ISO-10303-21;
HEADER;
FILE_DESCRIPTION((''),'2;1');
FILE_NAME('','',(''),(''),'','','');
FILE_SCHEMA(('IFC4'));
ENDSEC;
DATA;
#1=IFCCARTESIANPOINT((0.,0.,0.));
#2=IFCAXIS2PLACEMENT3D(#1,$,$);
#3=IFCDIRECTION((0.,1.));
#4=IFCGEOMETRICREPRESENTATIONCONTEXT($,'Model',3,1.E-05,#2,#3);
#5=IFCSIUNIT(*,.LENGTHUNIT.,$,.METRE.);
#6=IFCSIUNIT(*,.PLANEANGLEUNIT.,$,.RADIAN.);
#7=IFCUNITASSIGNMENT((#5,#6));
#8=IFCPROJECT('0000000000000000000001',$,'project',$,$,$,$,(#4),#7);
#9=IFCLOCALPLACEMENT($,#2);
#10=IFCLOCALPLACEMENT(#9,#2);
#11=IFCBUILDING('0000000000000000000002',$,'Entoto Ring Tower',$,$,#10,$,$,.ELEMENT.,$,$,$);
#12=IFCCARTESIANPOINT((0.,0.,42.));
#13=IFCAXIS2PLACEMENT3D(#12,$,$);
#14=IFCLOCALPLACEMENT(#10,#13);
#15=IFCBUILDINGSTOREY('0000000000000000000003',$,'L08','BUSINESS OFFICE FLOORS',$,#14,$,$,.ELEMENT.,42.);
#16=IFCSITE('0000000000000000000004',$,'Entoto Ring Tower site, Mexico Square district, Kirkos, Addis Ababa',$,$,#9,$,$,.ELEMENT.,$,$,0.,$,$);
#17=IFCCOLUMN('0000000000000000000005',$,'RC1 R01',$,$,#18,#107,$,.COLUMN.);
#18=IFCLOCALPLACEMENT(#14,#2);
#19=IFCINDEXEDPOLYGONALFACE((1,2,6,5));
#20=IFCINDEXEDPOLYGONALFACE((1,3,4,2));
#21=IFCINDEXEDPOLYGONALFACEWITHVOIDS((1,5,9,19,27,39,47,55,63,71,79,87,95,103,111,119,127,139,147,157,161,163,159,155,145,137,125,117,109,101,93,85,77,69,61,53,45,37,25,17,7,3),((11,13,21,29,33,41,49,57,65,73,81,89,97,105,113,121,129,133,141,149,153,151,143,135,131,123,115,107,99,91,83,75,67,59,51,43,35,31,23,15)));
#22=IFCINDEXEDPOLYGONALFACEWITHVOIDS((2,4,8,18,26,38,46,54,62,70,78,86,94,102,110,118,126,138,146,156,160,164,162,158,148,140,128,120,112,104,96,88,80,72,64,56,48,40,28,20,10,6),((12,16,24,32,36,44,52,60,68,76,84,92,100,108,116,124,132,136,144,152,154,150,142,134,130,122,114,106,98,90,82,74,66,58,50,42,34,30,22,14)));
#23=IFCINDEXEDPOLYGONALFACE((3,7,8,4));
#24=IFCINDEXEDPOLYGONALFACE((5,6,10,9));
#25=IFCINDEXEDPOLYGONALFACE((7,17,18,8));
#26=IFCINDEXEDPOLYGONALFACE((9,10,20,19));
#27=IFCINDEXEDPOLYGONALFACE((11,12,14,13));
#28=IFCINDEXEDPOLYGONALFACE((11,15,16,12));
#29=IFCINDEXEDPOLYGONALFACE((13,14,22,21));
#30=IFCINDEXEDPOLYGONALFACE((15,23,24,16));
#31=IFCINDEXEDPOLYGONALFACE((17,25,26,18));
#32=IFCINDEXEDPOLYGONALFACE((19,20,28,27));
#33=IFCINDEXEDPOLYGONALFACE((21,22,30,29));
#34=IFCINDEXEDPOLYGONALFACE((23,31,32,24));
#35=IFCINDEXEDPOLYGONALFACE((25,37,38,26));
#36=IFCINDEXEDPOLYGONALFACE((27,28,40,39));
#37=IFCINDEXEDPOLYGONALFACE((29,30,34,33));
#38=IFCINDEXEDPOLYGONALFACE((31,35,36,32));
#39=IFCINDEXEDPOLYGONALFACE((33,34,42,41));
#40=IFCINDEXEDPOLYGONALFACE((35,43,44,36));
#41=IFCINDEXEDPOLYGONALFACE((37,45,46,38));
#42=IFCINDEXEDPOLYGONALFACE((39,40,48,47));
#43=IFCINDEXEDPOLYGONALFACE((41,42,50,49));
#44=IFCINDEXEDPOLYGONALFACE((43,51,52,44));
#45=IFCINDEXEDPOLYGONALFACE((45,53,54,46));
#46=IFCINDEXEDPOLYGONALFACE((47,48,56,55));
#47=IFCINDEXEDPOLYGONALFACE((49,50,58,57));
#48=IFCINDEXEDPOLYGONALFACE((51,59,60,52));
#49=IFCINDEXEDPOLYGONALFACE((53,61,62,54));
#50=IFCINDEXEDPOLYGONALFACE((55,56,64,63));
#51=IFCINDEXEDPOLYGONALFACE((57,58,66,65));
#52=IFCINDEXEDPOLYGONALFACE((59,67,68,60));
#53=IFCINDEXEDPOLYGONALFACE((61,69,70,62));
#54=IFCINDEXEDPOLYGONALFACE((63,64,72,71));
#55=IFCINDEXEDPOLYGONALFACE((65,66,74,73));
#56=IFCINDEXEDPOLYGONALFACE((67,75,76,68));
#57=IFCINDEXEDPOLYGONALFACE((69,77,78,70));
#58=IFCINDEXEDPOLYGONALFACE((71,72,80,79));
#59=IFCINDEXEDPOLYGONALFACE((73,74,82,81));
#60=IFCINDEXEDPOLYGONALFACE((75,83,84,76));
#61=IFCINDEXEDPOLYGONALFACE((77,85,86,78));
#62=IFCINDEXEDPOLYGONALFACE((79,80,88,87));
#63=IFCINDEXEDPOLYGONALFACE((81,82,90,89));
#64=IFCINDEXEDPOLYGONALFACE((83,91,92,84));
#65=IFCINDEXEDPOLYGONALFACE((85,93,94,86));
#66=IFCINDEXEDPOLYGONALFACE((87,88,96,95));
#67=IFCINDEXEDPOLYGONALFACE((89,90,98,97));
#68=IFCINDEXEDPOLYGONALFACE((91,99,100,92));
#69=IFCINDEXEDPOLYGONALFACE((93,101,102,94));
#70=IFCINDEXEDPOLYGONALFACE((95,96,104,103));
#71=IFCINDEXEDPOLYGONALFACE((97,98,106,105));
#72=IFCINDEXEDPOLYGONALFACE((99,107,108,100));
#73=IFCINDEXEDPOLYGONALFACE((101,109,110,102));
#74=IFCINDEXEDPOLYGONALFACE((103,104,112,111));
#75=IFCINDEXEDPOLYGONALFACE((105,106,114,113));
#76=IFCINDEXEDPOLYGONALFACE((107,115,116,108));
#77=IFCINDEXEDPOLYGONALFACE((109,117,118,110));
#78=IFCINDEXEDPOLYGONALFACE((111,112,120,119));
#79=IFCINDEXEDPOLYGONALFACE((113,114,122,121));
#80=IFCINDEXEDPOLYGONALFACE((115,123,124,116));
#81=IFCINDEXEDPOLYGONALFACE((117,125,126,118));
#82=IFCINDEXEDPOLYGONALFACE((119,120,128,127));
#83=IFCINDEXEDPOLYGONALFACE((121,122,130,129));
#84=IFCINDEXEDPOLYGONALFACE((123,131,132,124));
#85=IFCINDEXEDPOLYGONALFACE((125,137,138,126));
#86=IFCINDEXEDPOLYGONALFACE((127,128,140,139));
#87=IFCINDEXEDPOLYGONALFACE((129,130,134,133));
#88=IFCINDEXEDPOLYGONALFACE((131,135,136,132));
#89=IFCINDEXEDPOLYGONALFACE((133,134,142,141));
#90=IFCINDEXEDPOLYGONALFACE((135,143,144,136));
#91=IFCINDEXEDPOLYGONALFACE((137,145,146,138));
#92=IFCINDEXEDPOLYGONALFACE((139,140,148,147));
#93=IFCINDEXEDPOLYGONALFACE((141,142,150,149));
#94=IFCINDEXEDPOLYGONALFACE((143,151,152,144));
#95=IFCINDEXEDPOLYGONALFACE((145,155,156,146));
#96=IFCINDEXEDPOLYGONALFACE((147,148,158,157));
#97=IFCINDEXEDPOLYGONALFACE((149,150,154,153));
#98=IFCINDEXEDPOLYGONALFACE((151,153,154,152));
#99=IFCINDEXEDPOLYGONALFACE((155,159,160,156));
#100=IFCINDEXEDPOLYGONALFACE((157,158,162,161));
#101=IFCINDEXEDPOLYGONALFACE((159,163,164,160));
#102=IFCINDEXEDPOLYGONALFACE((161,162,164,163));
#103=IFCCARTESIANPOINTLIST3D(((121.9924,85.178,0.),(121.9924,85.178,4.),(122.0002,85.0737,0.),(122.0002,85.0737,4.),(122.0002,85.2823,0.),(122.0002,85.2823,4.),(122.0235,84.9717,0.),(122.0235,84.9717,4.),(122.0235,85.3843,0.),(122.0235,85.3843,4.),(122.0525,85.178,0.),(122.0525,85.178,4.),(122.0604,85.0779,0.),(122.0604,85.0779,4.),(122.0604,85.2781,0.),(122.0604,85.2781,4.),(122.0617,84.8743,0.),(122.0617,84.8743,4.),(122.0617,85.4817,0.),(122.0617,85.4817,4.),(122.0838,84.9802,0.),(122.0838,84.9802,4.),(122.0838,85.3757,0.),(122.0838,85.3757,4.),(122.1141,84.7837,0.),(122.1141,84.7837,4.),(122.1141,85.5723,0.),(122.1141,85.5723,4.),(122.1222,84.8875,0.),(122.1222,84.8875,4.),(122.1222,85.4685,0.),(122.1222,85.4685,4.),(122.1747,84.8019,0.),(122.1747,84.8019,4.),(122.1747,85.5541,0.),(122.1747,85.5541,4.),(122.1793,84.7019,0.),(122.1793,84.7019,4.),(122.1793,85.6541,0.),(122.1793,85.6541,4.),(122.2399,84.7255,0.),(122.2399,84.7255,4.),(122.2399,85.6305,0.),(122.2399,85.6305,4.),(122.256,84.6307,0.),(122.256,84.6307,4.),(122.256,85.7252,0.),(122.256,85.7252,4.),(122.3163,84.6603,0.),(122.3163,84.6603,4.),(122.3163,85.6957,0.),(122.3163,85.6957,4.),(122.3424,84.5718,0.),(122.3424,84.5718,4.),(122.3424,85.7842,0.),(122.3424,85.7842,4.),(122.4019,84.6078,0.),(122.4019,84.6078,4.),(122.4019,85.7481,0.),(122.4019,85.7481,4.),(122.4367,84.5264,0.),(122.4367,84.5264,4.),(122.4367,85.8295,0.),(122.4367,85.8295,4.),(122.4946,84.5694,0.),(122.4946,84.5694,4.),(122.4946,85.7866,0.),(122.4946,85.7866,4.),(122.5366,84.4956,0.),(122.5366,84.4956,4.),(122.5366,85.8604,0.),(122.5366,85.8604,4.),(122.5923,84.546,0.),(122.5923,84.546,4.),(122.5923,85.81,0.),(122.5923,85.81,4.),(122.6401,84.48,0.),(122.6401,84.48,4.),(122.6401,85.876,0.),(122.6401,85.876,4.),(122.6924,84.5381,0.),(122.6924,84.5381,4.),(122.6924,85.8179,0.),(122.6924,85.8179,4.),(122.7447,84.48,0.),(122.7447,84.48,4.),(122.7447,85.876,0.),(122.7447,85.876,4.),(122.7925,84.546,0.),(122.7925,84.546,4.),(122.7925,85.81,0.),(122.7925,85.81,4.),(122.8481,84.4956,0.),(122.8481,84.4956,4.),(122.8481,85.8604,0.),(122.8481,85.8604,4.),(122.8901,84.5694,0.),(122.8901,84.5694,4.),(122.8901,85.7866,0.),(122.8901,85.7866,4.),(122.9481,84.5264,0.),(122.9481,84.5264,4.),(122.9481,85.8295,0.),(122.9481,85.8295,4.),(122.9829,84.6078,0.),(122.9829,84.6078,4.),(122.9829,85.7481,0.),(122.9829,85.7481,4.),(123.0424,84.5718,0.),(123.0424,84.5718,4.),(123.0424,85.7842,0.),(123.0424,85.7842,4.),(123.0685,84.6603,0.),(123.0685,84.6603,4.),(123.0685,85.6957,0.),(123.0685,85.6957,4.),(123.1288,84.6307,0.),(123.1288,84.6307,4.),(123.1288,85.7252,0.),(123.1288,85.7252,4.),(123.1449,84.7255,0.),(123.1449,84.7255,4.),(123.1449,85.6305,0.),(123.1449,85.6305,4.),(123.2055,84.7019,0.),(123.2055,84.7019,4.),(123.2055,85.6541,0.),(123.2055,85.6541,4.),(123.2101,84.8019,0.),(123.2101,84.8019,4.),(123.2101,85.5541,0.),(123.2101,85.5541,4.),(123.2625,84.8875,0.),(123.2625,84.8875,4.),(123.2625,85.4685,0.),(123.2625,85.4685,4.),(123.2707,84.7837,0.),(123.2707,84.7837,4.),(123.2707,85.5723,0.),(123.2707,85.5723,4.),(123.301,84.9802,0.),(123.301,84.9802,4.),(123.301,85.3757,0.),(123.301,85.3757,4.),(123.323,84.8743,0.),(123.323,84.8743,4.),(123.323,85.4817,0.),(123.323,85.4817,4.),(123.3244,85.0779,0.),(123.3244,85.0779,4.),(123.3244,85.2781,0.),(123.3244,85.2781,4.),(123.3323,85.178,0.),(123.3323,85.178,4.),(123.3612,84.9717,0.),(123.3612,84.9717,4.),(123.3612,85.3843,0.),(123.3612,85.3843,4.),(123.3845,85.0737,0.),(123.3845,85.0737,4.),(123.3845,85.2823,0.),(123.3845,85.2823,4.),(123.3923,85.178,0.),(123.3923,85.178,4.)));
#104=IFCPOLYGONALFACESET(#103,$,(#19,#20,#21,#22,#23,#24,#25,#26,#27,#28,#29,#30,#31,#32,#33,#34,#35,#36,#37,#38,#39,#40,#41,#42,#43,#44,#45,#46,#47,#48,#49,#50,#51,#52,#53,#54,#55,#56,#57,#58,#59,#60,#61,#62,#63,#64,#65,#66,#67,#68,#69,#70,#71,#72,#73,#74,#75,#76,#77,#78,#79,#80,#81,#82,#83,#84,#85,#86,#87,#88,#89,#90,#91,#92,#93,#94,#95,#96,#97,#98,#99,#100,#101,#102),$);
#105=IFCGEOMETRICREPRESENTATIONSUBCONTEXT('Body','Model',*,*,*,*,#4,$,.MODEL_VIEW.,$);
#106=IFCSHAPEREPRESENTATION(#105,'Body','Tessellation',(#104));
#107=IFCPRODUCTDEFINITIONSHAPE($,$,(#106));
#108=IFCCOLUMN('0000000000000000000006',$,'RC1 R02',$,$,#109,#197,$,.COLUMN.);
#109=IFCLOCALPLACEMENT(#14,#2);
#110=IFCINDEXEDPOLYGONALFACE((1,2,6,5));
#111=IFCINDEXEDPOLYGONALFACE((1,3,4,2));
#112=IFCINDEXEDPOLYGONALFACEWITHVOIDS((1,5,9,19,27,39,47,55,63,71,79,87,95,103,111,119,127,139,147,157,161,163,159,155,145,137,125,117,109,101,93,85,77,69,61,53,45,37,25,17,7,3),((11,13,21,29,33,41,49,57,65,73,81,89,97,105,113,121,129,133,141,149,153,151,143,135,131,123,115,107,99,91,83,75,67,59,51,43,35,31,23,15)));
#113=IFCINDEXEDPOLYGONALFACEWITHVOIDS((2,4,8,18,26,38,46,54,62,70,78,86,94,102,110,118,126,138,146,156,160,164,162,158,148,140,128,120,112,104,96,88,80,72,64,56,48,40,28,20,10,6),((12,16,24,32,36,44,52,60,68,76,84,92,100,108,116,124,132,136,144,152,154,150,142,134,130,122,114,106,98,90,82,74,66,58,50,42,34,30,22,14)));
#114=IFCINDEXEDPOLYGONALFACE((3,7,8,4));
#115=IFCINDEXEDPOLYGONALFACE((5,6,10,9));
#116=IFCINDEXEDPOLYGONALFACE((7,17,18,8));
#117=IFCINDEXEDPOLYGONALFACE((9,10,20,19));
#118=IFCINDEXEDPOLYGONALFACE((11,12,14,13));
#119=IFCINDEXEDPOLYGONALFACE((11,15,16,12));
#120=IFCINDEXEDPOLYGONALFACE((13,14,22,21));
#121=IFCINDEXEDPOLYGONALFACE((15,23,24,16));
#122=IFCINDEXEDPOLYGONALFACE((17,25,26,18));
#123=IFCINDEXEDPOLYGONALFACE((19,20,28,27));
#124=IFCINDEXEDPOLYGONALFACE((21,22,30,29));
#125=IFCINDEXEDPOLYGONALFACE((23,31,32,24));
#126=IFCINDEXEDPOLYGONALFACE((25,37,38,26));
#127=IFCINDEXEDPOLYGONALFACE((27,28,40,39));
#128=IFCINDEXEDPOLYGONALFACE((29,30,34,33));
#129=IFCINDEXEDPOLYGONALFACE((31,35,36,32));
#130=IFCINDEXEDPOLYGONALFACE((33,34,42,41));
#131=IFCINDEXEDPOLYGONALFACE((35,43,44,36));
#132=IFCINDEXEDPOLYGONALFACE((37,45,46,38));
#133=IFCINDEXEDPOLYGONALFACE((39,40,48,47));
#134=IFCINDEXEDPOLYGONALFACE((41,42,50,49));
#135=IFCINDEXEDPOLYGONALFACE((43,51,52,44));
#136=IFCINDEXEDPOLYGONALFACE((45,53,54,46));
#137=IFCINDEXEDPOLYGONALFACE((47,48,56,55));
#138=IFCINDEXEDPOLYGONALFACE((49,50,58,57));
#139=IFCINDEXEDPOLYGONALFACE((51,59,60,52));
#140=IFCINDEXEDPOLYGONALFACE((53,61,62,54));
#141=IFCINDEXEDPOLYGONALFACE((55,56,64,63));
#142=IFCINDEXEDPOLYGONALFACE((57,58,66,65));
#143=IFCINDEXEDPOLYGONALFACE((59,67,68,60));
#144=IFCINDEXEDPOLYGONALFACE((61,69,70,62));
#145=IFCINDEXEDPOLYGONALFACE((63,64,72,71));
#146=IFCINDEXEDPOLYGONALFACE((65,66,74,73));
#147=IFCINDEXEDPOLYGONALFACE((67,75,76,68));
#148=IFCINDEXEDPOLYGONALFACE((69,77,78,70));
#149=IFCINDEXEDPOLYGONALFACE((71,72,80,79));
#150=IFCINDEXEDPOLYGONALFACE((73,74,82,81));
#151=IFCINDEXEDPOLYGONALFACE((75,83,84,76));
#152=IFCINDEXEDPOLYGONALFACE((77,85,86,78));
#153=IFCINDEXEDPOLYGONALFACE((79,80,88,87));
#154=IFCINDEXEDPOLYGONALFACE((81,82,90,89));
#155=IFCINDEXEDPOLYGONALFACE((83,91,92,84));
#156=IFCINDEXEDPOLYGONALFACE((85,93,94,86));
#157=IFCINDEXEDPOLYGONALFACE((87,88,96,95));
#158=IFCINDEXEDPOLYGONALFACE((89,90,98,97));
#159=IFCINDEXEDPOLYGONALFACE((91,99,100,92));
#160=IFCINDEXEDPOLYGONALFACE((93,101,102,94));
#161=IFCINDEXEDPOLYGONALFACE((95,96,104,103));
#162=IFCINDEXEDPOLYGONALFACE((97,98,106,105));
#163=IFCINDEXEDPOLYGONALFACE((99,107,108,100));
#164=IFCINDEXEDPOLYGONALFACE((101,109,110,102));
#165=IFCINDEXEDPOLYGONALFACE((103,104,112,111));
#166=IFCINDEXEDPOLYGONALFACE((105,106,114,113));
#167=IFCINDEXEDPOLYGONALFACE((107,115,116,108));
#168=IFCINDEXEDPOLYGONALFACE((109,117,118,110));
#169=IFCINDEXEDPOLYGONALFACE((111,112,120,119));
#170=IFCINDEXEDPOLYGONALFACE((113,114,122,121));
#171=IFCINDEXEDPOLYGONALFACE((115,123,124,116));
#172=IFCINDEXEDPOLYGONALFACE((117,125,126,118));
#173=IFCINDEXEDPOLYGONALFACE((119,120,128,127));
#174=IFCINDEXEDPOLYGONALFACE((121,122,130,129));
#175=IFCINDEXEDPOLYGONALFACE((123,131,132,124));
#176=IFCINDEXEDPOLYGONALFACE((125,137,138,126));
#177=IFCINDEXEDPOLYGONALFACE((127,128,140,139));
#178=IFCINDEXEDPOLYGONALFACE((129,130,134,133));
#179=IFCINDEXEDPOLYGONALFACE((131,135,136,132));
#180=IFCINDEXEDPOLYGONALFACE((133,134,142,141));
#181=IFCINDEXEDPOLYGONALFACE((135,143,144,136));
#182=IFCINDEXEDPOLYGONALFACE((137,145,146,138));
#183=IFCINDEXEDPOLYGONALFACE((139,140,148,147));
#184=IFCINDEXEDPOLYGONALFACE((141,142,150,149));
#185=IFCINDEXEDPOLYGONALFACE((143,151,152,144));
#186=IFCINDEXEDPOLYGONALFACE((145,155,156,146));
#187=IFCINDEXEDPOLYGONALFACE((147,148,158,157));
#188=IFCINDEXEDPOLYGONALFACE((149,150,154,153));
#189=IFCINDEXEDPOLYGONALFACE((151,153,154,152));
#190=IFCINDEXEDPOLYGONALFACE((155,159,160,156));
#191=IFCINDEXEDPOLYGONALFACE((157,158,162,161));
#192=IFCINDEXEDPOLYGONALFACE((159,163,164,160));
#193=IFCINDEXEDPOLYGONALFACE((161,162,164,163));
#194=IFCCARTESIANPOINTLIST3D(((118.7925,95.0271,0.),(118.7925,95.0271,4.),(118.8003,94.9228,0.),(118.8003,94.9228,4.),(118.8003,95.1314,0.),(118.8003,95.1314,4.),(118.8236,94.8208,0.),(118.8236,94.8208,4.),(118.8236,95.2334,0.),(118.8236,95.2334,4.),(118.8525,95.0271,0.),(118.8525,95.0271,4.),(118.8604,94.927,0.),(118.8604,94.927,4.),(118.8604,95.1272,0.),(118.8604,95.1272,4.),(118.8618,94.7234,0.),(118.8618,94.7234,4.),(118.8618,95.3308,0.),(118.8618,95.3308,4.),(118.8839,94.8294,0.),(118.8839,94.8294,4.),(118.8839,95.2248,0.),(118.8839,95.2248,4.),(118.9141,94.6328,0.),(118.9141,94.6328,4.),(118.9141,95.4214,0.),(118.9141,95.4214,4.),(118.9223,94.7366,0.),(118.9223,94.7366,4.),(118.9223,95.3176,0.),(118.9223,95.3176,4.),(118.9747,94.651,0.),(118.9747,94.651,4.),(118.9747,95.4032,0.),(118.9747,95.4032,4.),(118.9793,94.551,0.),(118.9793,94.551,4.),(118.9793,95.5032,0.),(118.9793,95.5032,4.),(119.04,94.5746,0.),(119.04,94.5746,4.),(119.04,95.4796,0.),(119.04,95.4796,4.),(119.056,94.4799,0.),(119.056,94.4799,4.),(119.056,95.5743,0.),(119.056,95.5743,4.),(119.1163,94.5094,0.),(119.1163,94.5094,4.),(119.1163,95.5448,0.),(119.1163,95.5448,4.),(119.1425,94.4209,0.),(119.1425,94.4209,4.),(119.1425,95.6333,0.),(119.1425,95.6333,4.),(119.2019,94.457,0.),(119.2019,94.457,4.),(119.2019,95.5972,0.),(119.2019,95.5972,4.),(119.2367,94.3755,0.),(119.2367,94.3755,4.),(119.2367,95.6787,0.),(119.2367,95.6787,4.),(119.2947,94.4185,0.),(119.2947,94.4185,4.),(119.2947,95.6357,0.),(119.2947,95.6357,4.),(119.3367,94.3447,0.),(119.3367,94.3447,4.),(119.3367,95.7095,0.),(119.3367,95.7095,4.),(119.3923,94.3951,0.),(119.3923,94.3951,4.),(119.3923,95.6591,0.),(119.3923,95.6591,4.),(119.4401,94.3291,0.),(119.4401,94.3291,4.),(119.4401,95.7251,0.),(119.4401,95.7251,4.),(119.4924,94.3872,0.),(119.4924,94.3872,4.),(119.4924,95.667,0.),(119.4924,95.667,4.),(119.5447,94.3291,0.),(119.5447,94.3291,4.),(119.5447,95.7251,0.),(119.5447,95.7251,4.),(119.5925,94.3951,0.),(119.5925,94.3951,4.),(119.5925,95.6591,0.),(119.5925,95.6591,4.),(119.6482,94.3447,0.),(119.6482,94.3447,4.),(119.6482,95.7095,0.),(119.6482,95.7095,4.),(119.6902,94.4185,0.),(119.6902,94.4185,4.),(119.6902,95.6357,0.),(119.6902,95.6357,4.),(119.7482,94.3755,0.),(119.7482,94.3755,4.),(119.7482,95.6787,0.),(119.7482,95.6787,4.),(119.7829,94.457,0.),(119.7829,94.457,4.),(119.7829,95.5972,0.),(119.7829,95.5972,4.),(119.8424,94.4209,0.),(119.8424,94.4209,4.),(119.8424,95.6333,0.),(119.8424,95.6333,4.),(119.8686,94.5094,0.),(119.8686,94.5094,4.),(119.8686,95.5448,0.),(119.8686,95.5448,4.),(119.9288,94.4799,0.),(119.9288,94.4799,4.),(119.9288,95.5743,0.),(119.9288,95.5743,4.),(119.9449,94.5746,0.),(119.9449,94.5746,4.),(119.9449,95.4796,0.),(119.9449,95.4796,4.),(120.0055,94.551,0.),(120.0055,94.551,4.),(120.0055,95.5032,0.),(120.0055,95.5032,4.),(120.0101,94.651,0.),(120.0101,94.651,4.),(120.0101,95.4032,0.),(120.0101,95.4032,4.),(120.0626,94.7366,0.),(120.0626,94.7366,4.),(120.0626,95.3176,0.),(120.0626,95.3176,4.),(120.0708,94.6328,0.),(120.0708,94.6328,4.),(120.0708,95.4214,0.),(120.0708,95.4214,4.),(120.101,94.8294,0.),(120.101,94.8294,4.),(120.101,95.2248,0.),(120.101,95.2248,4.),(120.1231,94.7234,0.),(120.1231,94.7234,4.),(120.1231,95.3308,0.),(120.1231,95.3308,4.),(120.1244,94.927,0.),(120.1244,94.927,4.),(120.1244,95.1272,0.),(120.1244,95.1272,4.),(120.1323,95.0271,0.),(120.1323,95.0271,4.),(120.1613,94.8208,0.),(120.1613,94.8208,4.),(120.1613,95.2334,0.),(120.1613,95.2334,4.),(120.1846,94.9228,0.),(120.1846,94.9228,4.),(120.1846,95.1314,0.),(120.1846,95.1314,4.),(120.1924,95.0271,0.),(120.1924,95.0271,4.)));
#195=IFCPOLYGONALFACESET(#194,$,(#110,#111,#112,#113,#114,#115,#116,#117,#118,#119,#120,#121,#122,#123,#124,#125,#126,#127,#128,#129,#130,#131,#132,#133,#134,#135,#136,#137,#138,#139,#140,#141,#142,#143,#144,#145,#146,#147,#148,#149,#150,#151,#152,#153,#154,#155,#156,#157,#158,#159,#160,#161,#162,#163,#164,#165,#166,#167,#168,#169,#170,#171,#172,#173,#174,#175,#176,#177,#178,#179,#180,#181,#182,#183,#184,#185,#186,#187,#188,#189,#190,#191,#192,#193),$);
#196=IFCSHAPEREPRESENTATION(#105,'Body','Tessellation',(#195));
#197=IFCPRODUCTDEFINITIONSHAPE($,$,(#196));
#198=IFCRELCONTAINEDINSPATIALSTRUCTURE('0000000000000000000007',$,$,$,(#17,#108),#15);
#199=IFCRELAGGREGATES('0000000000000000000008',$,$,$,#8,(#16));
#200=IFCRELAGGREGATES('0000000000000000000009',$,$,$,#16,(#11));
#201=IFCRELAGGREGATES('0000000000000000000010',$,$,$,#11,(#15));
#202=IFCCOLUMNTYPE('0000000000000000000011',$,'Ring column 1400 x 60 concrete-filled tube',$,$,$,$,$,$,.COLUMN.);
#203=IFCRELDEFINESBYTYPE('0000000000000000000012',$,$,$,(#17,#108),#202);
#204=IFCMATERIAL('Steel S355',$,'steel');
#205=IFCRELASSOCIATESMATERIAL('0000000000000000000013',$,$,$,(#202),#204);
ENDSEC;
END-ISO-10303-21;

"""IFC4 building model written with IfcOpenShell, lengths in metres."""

from ifc_helpers import new_model, si_unit, direction, frame, origin, origin_2d, place, context, subcontext, project, spatial, circle, hollow_circle, extrude, material, material_profile, profile_set, type_object, element, save


model = new_model("IFC4")

# Units and contexts
model_context = context("Model", 3, precision=1e-05, world=origin(), true_north=direction((0.0, 1.0)))
body_context = subcontext(model_context, "Body", "Model", "MODEL_VIEW")
ifc_project = project(units=[si_unit("LENGTHUNIT", "METRE"), si_unit("PLANEANGLEUNIT", "RADIAN")], contexts=[model_context])

# Site, building, storey
site_placement = place(None, origin())
site = spatial("IfcSite", under=ifc_project, at=site_placement, Name="Entoto Ring Tower site, Mexico Square district, Kirkos, Addis Ababa", CompositionType="ELEMENT", RefElevation=0.0)
building_placement = place(site_placement, origin())
building = spatial("IfcBuilding", under=site, at=building_placement, Name="Entoto Ring Tower", CompositionType="ELEMENT")
storey_placement = place(building_placement, frame((0.0, 0.0, 42.0)))
storey = spatial("IfcBuildingStorey", under=building, at=storey_placement, Name="L08", Description="BUSINESS OFFICE FLOORS", CompositionType="ELEMENT", Elevation=42.0)

# Columns
ifc_material_1 = material(Name="Steel S355", Category="steel")
ifc_material_profile_1 = material_profile(ifc_material_1, hollow_circle(Radius=0.7, WallThickness=0.0601, at=origin_2d()), Name="CHS 1400 x 60")
ifc_material_2 = material(Name="Concrete C60/75", Category="concrete")
ifc_material_profile_2 = material_profile(ifc_material_2, circle(Radius=0.6399, at=origin_2d()), Name="Concrete C60/75 infill")
ifc_profile_set_1 = profile_set([ifc_material_profile_1, ifc_material_profile_2], Name="Steel S355")
column_type = type_object("IfcColumnType", Name="Ring column 1400 x 60 concrete-filled tube", PredefinedType="COLUMN", material=ifc_profile_set_1)
for number, where, z_axis, x_axis, name in (
    (1, (122.6924, 85.178, 0.0), (0.0, 0.0, 1.0), (1.0, 0.0, 0.0), "RC1 R01"),
    (2, (119.4924, 95.0271, 0.0), (0.0, 0.0, 1.0), (1.0, 0.0, 0.0), "RC1 R02"),
):
    element("IfcColumn", number, at=place(storey_placement, frame(where, z_axis=z_axis, x_axis=x_axis)), inside=storey, type_object=column_type, Name=name, PredefinedType="COLUMN", context=body_context, shape_type="SweptSolid", body=[
        extrude(hollow_circle(Radius=0.7, WallThickness=0.0601, at=origin_2d()), origin(), (0.0, 0.0, 1.0), 4.0),
    ])

save(model, "model.ifc")
